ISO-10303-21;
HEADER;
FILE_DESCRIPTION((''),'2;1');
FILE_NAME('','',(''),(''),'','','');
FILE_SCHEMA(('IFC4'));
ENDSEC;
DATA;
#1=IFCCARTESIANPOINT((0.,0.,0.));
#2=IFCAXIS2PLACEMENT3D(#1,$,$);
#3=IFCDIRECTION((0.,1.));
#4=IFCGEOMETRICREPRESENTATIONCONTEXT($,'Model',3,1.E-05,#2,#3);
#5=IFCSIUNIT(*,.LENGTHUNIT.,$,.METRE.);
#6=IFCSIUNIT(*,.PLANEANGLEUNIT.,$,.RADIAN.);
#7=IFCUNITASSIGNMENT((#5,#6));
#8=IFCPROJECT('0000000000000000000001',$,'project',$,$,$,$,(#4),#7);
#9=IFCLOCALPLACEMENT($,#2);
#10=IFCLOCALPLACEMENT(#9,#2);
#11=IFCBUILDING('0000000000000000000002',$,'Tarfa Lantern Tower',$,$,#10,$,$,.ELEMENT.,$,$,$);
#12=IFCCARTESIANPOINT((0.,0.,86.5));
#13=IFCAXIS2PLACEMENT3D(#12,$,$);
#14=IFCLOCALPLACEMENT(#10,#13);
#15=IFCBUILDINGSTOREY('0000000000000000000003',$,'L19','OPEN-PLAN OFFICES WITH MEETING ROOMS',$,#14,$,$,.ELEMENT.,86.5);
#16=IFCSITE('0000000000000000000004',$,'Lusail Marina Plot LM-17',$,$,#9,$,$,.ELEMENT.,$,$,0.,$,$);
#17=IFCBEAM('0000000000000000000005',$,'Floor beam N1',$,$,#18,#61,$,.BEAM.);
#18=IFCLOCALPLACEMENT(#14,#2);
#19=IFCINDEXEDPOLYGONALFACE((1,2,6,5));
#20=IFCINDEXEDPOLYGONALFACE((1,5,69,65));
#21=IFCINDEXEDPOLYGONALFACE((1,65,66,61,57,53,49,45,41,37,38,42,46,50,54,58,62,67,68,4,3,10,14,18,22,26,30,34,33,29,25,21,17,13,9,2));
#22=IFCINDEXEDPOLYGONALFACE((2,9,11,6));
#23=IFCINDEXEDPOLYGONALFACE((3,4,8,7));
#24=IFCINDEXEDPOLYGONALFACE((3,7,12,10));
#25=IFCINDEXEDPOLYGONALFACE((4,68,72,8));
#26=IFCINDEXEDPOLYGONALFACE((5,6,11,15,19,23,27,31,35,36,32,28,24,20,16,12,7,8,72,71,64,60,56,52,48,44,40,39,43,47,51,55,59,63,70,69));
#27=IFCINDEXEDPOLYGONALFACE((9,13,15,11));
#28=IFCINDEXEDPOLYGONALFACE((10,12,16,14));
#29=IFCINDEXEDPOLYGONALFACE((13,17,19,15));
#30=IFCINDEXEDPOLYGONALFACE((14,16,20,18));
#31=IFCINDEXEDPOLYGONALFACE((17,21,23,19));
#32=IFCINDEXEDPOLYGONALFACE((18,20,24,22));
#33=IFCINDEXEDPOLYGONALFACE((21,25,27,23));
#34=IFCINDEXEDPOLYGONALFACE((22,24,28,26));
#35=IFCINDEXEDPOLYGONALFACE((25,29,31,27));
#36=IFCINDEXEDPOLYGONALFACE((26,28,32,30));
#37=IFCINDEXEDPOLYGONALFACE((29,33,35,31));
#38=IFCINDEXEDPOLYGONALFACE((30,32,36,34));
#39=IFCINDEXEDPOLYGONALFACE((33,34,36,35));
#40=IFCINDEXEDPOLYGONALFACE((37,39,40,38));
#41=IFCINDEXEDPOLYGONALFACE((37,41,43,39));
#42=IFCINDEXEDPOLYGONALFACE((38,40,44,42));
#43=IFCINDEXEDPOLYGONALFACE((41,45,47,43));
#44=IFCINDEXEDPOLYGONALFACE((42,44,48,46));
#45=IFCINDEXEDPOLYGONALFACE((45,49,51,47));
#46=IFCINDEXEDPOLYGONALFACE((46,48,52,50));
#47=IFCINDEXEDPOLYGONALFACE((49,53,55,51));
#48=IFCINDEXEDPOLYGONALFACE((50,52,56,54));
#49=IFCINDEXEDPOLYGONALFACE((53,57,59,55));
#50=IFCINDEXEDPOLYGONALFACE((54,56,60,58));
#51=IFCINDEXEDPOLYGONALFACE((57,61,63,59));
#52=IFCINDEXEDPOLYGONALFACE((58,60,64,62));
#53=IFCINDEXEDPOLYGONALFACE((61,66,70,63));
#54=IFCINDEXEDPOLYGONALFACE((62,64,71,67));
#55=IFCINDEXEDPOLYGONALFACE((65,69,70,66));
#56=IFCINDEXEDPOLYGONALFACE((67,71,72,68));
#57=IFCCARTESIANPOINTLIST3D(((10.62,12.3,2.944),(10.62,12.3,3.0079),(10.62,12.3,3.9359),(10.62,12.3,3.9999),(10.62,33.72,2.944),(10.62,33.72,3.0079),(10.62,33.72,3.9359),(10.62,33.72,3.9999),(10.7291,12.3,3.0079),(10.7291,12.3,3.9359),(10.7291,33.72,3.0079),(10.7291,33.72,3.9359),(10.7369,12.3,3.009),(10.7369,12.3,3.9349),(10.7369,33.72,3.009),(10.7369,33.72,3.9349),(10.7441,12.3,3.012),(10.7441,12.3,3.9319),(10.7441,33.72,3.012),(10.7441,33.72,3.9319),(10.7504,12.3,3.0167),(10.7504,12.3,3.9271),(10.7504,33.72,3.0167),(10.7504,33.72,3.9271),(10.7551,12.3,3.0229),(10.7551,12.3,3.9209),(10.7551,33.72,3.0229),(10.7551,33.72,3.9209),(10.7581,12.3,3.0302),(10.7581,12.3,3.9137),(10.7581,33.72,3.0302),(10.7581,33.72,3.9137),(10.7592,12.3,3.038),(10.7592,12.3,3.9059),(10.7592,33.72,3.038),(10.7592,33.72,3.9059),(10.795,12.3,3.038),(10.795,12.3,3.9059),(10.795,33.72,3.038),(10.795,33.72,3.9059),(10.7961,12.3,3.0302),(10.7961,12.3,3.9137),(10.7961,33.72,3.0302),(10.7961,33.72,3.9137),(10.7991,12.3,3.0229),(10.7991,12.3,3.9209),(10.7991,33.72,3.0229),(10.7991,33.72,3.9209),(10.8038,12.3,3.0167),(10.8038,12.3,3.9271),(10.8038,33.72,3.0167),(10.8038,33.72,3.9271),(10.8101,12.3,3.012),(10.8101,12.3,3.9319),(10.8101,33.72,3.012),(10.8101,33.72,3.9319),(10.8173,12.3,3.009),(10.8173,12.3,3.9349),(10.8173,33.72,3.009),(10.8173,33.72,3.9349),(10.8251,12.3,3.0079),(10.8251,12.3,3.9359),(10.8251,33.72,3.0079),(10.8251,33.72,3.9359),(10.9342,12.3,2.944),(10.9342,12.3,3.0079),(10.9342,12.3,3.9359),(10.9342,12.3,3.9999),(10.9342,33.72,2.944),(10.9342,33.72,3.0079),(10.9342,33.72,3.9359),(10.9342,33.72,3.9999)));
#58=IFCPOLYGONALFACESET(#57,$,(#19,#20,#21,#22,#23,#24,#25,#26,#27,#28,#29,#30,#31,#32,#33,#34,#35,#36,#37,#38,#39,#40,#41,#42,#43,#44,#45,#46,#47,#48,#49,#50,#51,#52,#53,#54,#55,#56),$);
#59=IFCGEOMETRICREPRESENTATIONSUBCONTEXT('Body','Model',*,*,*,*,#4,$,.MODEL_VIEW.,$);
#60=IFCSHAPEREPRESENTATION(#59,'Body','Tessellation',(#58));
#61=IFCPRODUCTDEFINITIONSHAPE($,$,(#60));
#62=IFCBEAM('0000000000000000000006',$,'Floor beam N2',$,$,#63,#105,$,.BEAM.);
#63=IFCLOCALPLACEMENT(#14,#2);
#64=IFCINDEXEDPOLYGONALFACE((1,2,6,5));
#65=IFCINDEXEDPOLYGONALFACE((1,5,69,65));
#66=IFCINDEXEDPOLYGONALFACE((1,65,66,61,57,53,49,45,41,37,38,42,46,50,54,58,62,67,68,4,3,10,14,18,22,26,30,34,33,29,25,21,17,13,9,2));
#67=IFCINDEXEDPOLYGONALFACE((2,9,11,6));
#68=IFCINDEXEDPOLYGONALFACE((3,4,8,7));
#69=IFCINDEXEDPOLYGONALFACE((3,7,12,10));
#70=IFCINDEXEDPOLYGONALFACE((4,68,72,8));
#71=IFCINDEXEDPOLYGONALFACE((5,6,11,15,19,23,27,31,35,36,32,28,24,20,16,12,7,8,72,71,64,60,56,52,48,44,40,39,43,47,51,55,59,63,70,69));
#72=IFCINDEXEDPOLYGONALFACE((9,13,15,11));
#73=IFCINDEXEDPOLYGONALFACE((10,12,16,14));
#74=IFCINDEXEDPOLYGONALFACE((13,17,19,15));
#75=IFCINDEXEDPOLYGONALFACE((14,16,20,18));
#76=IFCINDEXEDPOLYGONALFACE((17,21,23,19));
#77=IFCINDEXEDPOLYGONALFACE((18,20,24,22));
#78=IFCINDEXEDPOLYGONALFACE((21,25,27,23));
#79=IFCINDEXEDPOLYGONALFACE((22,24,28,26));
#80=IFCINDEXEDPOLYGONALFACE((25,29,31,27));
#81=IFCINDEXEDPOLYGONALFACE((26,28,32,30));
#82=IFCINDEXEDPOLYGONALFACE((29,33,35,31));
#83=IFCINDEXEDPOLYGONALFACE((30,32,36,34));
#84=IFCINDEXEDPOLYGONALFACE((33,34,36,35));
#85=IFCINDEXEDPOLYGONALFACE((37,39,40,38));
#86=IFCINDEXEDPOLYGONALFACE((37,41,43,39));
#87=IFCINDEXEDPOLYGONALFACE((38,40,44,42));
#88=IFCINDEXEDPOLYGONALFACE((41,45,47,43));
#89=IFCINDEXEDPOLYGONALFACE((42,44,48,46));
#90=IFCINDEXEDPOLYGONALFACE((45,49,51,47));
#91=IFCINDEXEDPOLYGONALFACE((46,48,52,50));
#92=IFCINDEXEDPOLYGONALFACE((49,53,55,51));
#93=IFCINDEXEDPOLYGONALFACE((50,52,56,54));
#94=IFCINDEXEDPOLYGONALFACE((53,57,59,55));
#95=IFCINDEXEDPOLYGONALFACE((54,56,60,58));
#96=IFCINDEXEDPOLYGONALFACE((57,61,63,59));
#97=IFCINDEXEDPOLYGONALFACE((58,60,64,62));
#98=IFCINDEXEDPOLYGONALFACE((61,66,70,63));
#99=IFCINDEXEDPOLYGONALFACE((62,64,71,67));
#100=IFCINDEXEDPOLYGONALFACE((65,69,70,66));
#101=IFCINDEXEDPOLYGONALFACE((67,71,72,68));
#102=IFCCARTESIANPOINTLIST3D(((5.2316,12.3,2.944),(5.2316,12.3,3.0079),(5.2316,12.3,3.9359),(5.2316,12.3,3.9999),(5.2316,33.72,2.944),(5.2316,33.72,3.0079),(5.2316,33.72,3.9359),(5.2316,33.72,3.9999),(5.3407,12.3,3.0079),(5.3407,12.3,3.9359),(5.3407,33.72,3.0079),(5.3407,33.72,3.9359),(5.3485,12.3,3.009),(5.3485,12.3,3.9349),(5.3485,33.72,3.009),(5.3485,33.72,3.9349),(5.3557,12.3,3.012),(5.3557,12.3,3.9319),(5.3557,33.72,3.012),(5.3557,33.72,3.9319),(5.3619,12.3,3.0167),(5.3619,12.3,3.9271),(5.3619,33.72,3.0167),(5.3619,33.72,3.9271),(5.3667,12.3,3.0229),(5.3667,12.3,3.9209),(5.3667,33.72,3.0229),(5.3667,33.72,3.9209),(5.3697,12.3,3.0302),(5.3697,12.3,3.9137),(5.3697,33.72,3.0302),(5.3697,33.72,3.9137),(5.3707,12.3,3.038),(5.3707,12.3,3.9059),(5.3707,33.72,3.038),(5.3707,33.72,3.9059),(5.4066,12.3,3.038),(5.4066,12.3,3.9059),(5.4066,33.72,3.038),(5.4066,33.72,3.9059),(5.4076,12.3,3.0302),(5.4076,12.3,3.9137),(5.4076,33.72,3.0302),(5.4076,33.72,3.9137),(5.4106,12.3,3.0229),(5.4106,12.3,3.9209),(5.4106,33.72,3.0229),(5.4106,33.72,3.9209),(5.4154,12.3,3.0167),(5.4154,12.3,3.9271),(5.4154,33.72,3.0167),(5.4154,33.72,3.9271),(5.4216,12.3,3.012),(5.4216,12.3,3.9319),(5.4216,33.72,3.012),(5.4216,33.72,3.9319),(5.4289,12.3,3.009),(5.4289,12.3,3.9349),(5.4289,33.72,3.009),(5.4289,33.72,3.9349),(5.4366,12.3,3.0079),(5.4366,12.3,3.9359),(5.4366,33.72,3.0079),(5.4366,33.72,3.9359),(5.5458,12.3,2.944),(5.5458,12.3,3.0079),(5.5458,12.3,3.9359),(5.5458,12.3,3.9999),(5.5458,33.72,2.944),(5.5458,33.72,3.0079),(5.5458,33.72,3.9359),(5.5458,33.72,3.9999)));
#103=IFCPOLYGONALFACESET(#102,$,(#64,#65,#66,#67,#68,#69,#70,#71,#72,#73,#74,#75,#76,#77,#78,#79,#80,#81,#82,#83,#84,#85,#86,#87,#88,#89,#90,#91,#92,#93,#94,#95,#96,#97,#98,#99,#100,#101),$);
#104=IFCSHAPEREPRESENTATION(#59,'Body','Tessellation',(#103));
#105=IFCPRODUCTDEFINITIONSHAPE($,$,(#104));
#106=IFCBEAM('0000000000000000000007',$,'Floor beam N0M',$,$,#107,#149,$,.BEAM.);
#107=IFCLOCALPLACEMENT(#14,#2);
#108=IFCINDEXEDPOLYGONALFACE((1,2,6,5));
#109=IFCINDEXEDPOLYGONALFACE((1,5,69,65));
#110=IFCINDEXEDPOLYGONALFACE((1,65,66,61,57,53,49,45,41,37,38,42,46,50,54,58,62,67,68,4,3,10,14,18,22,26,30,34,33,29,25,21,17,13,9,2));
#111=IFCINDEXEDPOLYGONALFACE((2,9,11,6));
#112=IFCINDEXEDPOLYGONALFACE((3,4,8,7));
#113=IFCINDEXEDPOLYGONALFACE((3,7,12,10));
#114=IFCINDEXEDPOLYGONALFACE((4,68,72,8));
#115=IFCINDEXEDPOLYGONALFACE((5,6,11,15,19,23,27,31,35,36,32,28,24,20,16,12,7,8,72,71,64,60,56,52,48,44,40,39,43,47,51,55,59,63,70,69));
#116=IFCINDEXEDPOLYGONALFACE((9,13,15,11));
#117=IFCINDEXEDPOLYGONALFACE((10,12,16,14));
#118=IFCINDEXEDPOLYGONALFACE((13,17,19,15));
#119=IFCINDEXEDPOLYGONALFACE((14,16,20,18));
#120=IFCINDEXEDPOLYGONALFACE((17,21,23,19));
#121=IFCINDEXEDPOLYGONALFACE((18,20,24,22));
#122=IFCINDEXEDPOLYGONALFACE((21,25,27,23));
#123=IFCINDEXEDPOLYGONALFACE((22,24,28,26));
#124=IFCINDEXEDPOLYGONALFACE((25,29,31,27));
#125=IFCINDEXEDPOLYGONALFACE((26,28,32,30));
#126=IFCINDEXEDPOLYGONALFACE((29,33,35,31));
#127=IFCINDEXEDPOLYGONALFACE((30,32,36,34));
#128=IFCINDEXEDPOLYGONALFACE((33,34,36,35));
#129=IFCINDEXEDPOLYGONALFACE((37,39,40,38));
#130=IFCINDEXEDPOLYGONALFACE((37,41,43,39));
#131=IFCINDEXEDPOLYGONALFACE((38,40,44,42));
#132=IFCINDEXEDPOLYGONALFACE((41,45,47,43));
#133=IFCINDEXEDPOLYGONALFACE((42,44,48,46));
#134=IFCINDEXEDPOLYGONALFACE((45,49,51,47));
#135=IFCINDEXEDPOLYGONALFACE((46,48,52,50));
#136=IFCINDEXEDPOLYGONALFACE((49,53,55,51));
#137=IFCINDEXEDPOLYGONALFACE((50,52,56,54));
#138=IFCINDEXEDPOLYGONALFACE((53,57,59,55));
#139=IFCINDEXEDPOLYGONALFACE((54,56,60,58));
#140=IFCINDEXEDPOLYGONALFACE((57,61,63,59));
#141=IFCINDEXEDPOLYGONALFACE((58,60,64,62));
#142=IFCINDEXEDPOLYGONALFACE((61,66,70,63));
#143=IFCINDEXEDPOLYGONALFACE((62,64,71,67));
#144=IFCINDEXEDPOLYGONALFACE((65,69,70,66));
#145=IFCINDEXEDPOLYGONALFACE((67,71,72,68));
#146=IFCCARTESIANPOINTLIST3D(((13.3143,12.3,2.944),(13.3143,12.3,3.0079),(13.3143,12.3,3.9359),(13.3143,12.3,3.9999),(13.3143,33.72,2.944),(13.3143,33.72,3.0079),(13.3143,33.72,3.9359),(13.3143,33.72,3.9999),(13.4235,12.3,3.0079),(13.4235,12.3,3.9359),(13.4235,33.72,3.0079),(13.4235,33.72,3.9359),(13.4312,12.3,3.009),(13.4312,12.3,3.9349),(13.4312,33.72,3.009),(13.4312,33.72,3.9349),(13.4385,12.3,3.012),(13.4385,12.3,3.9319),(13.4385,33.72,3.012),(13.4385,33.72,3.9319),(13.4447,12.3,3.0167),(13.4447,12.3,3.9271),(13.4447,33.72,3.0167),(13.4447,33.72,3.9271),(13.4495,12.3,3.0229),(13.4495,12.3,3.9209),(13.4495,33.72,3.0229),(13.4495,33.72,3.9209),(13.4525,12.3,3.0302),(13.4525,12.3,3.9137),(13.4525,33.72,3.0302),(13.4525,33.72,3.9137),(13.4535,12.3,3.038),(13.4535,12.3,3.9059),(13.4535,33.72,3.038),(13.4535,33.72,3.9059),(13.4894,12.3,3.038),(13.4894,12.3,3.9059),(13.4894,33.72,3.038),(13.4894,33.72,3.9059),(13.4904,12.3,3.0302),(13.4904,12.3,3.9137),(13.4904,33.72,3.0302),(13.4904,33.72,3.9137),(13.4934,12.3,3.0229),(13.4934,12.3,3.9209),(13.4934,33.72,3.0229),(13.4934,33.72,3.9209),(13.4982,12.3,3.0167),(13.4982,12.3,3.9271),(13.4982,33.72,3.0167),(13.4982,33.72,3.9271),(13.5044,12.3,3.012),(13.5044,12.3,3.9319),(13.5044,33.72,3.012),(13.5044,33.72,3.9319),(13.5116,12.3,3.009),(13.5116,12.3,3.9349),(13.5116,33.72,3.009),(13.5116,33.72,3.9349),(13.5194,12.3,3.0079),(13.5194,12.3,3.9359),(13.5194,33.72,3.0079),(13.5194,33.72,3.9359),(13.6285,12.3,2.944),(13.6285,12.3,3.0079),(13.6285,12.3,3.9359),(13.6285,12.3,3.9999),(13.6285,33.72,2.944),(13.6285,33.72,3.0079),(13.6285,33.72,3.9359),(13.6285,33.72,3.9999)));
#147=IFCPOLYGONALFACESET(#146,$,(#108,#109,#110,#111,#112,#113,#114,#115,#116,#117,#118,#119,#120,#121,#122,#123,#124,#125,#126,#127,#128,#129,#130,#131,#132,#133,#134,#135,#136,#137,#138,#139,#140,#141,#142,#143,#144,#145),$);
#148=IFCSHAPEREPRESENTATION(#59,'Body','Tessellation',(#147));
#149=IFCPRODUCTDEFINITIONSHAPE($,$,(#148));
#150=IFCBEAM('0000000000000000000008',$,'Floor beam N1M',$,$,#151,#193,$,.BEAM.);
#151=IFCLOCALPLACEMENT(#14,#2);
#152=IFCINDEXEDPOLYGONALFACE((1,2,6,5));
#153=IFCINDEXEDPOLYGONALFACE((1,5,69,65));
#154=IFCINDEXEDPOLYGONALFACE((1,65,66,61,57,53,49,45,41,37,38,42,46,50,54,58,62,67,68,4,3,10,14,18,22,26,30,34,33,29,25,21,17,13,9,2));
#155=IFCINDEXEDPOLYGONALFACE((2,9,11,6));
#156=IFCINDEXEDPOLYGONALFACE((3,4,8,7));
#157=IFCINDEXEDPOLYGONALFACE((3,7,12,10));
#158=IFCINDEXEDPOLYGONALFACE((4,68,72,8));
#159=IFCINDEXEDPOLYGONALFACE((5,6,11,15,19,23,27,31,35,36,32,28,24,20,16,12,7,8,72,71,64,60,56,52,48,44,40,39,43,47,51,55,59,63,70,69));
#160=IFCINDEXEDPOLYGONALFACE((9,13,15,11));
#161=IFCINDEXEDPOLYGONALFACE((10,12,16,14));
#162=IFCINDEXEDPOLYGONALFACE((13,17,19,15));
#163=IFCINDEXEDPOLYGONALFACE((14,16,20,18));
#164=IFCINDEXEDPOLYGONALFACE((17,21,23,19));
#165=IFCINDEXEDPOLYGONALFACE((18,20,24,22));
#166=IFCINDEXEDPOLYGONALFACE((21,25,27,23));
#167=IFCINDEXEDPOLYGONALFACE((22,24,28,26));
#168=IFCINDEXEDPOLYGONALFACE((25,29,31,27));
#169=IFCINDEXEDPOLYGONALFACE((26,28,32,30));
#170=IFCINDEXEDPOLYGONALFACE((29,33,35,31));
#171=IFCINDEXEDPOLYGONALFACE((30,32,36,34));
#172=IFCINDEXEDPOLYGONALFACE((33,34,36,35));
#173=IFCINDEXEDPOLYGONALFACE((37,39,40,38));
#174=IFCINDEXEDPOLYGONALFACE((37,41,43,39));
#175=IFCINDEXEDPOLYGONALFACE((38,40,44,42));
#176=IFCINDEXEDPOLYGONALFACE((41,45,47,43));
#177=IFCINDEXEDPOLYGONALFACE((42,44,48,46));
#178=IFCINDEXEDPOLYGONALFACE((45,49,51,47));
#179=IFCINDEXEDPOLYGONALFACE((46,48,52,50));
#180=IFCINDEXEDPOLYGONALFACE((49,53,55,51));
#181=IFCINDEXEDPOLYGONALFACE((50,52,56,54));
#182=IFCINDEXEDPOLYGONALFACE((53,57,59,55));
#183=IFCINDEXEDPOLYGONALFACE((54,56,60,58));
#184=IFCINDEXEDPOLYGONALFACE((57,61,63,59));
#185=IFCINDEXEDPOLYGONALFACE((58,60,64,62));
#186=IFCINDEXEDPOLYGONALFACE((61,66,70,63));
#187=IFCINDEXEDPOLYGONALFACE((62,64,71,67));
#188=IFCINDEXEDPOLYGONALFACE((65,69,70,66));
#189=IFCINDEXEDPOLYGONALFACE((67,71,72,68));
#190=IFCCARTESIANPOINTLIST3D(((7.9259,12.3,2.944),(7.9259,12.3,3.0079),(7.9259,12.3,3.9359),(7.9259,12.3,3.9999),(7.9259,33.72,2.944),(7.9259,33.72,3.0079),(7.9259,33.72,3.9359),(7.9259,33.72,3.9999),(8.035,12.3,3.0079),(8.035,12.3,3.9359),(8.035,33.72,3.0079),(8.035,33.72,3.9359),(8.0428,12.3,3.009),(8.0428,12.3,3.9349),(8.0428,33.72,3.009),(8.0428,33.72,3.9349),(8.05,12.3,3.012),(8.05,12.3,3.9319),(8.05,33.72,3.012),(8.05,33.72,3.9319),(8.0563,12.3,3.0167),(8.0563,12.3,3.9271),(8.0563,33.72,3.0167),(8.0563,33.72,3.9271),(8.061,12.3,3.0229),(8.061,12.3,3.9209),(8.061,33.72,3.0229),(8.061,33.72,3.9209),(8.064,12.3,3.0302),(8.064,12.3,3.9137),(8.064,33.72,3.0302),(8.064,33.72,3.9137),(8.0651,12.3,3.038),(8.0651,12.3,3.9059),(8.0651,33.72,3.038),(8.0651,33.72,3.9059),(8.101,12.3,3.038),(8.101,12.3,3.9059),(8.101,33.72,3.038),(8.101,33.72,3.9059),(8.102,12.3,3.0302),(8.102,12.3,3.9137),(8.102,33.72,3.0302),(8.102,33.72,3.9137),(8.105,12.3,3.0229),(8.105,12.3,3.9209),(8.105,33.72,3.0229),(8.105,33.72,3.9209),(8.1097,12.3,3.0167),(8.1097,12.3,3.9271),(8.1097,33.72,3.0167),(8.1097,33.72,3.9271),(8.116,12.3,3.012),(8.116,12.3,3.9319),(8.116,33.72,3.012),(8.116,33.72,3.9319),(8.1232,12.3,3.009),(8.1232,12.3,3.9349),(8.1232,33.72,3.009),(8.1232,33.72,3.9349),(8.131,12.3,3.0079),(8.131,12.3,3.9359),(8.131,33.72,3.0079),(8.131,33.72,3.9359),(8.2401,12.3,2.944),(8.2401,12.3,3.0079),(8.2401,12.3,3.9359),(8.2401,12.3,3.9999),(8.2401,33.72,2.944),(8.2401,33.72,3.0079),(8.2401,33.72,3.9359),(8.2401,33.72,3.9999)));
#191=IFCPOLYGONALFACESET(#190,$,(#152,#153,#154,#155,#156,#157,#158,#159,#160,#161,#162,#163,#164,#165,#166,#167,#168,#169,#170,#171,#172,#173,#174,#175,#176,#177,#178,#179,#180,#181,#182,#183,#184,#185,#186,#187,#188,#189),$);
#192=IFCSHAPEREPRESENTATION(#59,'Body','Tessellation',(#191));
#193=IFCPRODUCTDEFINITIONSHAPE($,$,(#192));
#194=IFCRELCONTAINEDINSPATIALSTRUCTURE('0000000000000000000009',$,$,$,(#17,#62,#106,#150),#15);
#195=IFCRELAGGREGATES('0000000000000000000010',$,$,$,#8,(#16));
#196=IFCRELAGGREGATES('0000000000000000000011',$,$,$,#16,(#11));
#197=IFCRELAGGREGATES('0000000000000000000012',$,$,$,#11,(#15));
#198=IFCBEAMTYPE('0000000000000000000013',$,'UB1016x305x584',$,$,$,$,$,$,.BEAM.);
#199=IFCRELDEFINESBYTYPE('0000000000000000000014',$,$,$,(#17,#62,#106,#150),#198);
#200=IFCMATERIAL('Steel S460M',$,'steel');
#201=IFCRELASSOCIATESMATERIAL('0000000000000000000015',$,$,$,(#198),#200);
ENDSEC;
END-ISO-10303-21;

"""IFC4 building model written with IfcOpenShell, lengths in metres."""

from ifc_helpers import new_model, si_unit, direction, frame, origin, origin_2d, place, context, subcontext, project, spatial, i_section, extrude, material, material_profile, profile_set, type_object, element, save


model = new_model("IFC4")

# Units and contexts
model_context = context("Model", 3, precision=1e-05, world=origin(), true_north=direction((0.0, 1.0)))
body_context = subcontext(model_context, "Body", "Model", "MODEL_VIEW")
ifc_project = project(units=[si_unit("LENGTHUNIT", "METRE"), si_unit("PLANEANGLEUNIT", "RADIAN")], contexts=[model_context])

# Site, building, storey
site_placement = place(None, origin())
site = spatial("IfcSite", under=ifc_project, at=site_placement, Name="Lusail Marina Plot LM-17", CompositionType="ELEMENT", RefElevation=0.0)
building_placement = place(site_placement, origin())
building = spatial("IfcBuilding", under=site, at=building_placement, Name="Tarfa Lantern Tower", CompositionType="ELEMENT")
storey_placement = place(building_placement, frame((0.0, 0.0, 86.5)))
storey = spatial("IfcBuildingStorey", under=building, at=storey_placement, Name="L19", Description="OPEN-PLAN OFFICES WITH MEETING ROOMS", CompositionType="ELEMENT", Elevation=86.5)

# Beams
ifc_material_1 = material(Name="Steel S460M", Category="steel")
ifc_material_profile_1 = material_profile(ifc_material_1, i_section(OverallWidth=0.3142, OverallDepth=1.0559, WebThickness=0.0359, FlangeThickness=0.064, FilletRadius=0.03, at=origin_2d()), Name="UB1016x305x584")
ifc_profile_set_1 = profile_set([ifc_material_profile_1], Name="Steel S460M")
beam_type_1 = type_object("IfcBeamType", Name="UB1016x305x584", PredefinedType="BEAM", material=ifc_profile_set_1)
for number, where, z_axis, x_axis, name in (
    (1, (10.7771, 33.72, 3.4719), (0.0, -1.0, 0.0), (1.0, 0.0, 0.0), "Floor beam N1"),
    (2, (5.3887, 33.72, 3.4719), (0.0, -1.0, 0.0), (1.0, 0.0, 0.0), "Floor beam N2"),
    (3, (13.4714, 33.72, 3.4719), (0.0, -1.0, 0.0), (1.0, 0.0, 0.0), "Floor beam N0M"),
    (4, (8.083, 33.72, 3.4719), (0.0, -1.0, 0.0), (1.0, 0.0, 0.0), "Floor beam N1M"),
):
    element("IfcBeam", number, at=place(storey_placement, frame(where, z_axis=z_axis, x_axis=x_axis)), inside=storey, type_object=beam_type_1, Name=name, PredefinedType="BEAM", context=body_context, shape_type="SweptSolid", body=[
        extrude(i_section(OverallWidth=0.3142, OverallDepth=1.0559, WebThickness=0.0359, FlangeThickness=0.064, FilletRadius=0.03, at=origin_2d()), origin(), (0.0, 0.0, 1.0), 21.4199),
    ])

save(model, "model.ifc")
